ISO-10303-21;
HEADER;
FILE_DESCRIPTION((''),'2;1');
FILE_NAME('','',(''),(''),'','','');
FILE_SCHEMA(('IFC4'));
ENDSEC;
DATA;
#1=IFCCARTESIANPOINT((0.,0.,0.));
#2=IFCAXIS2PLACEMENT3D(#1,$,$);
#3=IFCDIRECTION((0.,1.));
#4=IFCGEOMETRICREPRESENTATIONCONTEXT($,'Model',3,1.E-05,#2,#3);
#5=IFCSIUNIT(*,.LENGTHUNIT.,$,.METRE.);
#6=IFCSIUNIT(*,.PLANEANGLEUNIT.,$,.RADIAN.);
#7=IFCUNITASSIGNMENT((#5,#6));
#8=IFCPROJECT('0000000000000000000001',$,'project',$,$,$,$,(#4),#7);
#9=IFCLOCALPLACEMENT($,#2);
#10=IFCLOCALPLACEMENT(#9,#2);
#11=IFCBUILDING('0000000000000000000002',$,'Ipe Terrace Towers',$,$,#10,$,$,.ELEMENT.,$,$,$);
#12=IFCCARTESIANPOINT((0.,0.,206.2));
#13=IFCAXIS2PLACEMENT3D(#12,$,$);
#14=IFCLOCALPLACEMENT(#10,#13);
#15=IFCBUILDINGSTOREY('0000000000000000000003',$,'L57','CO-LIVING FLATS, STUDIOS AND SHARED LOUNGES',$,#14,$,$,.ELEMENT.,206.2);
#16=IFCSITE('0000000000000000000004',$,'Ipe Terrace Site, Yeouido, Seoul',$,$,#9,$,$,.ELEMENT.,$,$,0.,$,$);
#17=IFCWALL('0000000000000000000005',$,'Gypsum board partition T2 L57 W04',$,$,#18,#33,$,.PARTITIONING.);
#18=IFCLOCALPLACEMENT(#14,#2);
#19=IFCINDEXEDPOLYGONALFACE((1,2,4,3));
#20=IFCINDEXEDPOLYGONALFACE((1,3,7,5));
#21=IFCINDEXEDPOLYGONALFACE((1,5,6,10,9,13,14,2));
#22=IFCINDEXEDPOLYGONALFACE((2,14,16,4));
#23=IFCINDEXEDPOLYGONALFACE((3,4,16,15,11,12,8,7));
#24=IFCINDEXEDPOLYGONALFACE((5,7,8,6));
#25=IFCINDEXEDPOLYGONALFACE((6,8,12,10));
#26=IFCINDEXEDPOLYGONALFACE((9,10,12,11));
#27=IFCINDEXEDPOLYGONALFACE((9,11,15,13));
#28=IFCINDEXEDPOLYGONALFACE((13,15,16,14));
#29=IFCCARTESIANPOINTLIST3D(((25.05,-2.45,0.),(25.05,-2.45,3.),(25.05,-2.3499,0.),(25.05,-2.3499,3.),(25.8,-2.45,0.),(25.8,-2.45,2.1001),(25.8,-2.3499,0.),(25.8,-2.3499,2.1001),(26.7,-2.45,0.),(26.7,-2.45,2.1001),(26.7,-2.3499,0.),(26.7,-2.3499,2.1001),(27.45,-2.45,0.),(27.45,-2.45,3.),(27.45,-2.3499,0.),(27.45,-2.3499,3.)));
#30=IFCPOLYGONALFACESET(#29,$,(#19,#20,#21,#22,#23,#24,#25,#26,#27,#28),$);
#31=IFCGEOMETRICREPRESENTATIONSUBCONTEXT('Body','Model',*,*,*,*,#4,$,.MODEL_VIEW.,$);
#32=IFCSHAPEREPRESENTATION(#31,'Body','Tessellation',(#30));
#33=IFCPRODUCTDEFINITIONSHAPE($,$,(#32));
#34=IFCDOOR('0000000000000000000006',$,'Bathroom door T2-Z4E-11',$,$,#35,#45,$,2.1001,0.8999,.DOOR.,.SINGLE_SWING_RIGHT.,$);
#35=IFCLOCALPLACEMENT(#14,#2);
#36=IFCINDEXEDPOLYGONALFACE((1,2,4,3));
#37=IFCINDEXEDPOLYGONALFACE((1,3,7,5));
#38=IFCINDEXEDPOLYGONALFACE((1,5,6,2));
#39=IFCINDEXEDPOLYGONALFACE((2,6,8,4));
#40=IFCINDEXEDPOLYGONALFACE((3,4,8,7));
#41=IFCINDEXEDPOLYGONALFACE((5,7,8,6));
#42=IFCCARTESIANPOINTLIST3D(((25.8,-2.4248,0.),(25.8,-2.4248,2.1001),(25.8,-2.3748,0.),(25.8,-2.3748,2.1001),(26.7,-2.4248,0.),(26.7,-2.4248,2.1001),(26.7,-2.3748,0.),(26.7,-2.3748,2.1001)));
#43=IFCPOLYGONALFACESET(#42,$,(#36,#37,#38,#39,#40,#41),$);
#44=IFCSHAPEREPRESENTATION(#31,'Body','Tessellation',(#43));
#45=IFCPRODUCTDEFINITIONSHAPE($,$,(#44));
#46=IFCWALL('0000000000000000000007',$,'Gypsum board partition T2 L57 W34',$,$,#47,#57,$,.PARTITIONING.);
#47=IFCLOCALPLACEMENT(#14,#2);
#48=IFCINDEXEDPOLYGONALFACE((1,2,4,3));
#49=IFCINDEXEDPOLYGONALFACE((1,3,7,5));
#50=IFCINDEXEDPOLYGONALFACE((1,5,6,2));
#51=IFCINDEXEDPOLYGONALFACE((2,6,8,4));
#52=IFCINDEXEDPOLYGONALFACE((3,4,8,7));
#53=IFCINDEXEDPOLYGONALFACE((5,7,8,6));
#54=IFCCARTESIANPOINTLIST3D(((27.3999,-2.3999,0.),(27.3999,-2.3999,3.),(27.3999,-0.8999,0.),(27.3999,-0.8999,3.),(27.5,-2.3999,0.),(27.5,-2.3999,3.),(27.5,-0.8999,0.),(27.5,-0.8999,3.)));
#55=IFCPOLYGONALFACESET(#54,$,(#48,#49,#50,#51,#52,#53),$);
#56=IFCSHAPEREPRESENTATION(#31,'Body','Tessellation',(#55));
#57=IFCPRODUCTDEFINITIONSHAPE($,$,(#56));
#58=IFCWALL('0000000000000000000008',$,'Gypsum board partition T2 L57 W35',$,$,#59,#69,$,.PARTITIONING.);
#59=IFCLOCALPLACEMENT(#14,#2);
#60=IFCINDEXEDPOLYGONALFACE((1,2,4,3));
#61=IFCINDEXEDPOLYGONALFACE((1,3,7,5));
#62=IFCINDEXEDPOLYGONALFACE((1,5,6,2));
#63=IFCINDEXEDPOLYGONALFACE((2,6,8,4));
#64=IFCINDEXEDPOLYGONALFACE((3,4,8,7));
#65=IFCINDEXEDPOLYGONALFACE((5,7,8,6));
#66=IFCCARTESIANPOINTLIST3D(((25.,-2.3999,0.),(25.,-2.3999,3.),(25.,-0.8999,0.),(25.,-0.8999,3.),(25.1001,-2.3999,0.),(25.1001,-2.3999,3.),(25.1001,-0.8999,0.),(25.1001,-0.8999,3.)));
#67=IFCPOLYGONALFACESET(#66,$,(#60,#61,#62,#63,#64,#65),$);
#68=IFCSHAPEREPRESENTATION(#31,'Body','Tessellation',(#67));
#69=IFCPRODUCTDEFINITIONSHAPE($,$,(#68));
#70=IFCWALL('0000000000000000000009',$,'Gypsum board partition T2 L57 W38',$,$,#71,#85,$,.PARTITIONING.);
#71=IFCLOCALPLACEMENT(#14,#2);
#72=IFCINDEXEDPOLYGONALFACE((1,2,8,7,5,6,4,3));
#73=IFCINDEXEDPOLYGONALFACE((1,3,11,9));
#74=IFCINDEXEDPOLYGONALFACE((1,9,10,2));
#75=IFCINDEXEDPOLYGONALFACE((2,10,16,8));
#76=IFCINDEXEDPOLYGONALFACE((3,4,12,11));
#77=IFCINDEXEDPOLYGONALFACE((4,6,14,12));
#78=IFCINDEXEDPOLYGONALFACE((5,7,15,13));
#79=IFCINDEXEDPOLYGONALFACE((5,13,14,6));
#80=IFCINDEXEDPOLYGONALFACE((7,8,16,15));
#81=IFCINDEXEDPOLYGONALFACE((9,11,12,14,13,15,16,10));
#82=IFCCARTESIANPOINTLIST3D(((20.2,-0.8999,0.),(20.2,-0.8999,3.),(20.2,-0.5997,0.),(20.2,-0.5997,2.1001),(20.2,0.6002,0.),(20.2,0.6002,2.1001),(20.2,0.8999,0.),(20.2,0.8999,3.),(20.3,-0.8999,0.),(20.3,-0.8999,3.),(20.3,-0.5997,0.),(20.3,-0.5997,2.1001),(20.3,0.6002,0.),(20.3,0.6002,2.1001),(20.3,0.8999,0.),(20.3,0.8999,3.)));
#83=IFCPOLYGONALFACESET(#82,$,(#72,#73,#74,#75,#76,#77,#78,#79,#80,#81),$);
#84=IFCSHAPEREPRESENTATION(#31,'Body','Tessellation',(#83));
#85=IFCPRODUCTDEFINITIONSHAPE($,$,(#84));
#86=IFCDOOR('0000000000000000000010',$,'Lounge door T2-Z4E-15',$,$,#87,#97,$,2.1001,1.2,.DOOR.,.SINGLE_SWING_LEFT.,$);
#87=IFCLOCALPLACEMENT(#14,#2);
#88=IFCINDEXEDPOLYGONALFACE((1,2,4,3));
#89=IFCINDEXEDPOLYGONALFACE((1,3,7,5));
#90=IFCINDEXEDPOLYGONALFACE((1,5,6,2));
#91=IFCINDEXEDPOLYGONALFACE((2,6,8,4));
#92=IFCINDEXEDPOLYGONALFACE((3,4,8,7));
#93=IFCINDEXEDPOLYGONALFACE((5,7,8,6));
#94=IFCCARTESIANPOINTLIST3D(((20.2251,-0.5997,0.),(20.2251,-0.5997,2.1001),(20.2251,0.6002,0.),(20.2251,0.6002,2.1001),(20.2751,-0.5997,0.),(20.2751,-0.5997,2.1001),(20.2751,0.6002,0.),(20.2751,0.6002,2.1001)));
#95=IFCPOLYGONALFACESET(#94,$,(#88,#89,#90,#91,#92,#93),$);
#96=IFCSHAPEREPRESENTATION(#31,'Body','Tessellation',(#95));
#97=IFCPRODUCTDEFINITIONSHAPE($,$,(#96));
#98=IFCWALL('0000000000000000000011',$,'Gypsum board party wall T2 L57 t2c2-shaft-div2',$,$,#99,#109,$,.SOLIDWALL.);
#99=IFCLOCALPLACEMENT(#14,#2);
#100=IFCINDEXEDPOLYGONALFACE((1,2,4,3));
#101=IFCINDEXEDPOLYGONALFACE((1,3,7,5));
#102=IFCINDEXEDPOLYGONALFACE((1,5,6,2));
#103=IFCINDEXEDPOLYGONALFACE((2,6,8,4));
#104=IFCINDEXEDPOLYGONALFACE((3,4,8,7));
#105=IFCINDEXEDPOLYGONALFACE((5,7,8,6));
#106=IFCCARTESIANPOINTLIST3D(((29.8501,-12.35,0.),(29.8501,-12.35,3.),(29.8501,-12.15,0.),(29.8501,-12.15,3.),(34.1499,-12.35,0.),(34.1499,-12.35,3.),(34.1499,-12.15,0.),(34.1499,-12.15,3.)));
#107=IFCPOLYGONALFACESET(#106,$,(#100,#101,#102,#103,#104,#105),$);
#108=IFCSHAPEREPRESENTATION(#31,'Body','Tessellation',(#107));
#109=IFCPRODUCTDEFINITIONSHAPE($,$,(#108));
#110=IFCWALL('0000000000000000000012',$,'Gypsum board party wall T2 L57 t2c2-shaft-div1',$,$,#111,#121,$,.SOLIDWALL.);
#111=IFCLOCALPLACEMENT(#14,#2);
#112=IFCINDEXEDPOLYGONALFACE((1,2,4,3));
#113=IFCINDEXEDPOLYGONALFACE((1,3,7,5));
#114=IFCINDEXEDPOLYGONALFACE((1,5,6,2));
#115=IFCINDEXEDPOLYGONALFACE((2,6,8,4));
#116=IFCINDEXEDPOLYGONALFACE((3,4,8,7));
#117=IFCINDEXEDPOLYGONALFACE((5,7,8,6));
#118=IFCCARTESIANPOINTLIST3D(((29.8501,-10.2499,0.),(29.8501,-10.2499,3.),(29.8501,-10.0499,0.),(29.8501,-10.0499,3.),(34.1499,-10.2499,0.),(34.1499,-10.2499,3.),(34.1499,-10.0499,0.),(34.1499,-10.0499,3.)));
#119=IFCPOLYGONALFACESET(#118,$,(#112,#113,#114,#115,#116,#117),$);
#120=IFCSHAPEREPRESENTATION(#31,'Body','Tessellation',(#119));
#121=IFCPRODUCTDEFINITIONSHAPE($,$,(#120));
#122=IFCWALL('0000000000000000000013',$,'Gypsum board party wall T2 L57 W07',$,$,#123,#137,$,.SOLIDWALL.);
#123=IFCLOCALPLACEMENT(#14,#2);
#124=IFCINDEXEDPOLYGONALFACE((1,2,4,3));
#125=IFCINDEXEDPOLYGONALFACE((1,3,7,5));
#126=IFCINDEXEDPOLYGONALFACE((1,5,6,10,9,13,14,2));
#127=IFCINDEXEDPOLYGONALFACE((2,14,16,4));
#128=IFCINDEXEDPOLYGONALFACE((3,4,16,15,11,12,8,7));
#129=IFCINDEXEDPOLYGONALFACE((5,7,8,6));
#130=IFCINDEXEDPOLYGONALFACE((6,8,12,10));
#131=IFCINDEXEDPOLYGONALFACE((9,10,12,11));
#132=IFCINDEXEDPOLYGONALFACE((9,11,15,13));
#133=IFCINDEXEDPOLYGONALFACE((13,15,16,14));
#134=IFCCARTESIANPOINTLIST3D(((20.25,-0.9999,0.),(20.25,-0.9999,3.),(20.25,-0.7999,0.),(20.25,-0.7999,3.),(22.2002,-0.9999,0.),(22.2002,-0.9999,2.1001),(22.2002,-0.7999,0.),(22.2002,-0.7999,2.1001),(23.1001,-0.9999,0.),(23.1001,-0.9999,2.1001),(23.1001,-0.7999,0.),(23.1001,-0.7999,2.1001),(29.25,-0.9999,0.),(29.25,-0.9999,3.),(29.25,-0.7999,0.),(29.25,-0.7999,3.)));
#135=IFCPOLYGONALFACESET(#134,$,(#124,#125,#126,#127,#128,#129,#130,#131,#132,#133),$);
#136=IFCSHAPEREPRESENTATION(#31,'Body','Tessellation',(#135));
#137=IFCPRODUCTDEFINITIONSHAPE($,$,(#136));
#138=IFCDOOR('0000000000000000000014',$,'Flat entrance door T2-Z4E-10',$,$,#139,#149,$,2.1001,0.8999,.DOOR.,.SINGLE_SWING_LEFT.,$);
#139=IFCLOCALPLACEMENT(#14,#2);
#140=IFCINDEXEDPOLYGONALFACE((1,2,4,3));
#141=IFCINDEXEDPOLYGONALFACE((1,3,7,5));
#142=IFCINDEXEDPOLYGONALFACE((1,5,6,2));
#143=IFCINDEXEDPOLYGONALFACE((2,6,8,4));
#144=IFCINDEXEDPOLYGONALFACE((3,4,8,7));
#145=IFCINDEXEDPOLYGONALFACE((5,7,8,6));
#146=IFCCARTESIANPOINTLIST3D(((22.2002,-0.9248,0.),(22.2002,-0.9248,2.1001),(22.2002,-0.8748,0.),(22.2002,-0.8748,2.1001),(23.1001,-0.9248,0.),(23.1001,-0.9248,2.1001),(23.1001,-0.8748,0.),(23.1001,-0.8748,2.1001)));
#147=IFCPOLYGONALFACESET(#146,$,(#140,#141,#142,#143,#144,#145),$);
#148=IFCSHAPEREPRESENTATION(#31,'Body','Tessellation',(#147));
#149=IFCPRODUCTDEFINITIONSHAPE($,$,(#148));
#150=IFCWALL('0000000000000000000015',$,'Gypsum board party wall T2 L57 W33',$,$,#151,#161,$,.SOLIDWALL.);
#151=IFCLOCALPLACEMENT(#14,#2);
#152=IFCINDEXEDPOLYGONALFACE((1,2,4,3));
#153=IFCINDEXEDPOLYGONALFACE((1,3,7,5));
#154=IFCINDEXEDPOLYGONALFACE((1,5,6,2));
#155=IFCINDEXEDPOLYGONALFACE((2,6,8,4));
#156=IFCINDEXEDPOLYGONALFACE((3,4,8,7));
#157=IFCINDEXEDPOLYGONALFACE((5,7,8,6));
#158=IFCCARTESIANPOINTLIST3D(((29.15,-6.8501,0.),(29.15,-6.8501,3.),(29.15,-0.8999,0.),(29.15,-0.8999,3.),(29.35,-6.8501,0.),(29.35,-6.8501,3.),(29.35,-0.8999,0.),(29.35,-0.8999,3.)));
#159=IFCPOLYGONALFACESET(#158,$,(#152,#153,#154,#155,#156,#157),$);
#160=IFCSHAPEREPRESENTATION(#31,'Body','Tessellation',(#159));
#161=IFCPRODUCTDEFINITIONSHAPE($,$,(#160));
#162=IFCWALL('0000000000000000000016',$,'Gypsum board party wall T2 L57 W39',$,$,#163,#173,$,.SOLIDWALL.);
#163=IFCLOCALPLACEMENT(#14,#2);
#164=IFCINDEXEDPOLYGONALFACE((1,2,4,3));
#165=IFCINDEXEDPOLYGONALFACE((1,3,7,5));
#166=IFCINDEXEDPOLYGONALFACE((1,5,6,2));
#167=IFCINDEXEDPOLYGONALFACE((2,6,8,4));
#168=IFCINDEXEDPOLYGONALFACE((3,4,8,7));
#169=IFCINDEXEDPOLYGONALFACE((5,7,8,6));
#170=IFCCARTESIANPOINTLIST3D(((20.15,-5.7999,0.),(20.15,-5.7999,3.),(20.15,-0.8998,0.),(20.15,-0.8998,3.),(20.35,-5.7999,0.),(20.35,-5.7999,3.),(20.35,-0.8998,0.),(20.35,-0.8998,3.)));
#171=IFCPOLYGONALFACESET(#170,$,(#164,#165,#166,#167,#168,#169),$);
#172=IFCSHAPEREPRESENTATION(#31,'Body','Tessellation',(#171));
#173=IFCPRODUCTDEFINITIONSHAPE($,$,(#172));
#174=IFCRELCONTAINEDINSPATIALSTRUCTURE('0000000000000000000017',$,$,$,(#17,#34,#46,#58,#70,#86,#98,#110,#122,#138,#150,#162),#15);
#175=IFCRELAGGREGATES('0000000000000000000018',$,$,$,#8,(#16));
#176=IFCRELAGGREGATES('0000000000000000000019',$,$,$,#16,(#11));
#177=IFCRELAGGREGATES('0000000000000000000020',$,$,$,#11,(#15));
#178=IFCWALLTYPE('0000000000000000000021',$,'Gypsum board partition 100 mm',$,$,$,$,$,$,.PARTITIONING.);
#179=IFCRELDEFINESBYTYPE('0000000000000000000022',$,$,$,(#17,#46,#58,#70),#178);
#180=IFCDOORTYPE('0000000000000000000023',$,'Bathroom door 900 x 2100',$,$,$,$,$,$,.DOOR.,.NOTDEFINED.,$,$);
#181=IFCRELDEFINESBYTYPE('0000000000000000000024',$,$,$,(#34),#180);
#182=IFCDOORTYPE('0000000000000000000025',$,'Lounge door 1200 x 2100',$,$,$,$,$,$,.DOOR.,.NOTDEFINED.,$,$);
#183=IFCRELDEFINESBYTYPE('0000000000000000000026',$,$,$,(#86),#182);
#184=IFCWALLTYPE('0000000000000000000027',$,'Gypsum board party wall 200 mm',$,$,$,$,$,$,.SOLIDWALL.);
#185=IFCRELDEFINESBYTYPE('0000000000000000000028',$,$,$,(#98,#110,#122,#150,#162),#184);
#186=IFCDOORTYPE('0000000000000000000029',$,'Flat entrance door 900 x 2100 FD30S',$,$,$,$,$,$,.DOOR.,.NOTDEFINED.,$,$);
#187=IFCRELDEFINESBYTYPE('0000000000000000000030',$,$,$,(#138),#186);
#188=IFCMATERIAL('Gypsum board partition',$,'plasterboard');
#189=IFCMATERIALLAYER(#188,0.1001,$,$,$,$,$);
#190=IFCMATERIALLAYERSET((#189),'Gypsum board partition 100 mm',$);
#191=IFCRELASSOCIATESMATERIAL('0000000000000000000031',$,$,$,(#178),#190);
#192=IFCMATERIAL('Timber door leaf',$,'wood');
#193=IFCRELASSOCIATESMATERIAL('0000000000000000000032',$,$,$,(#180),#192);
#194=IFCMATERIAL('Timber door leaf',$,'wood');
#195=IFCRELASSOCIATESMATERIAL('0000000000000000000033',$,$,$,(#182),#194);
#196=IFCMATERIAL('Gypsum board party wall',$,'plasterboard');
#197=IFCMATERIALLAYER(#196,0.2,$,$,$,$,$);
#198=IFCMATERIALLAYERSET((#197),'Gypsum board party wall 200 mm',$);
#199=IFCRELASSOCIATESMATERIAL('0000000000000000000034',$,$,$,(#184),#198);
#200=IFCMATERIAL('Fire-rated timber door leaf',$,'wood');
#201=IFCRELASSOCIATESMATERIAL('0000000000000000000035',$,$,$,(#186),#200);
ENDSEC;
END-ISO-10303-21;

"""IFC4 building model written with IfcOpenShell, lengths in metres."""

from ifc_helpers import new_model, si_unit, direction, frame, frame_2d, origin, place, context, subcontext, project, spatial, rectangle, extrude, material, layer, layer_set, type_object, element, fill, save


model = new_model("IFC4")

# Units and contexts
model_context = context("Model", 3, precision=1e-05, world=origin(), true_north=direction((0.0, 1.0)))
body_context = subcontext(model_context, "Body", "Model", "MODEL_VIEW")
ifc_project = project(units=[si_unit("LENGTHUNIT", "METRE"), si_unit("PLANEANGLEUNIT", "RADIAN")], contexts=[model_context])

# Site, building, storey
site_placement = place(None, origin())
site = spatial("IfcSite", under=ifc_project, at=site_placement, Name="Ipe Terrace Site, Yeouido, Seoul", CompositionType="ELEMENT", RefElevation=0.0)
building_placement = place(site_placement, origin())
building = spatial("IfcBuilding", under=site, at=building_placement, Name="Ipe Terrace Towers", CompositionType="ELEMENT")
storey_placement = place(building_placement, frame((0.0, 0.0, 206.2)))
storey = spatial("IfcBuildingStorey", under=building, at=storey_placement, Name="L57", Description="CO-LIVING FLATS, STUDIOS AND SHARED LOUNGES", CompositionType="ELEMENT", Elevation=206.2)

# Wall, opening, door
ifc_material_1 = material(Name="Gypsum board partition", Category="plasterboard")
ifc_layer_1 = layer(ifc_material_1, 0.1001)
ifc_layer_set_1 = layer_set([ifc_layer_1], Name="Gypsum board partition 100 mm")
wall_type_1 = type_object("IfcWallType", Name="Gypsum board partition 100 mm", PredefinedType="PARTITIONING", material=ifc_layer_set_1)
wall_1_placement = place(storey_placement, frame((27.45, -2.3999, 0.0), z_axis=(0.0, 0.0, 1.0), x_axis=(-1.0, 0.0, 0.0)))
wall_1 = element("IfcWall", 1, at=wall_1_placement, inside=storey, type_object=wall_type_1, Name="Gypsum board partition T2 L57 W04", PredefinedType="PARTITIONING", context=body_context, shape_type="SweptSolid", body=[
    extrude(rectangle(XDim=2.3999, YDim=0.1001, at=frame_2d((1.2, 0.0))), origin(), (0.0, 0.0, 1.0), 3.0),
])
opening_1_placement = place(wall_1_placement, frame((0.75, 0.0, 0.0)))
opening_1 = element("IfcOpeningElement", 2, at=opening_1_placement, cuts=wall_1, PredefinedType="OPENING", context=body_context, shape_type="SweptSolid", body=[
    extrude(rectangle(XDim=0.8999, YDim=2.1001, at=frame_2d((0.45, 1.05))), frame((0.0, 0.0601, 0.0), z_axis=(0.0, -1.0, 0.0), x_axis=(1.0, 0.0, 0.0)), (0.0, 0.0, 1.0), 0.1201),
])
ifc_material_2 = material(Name="Timber door leaf", Category="wood")
door_type_1 = type_object("IfcDoorType", Name="Bathroom door 900 x 2100", OperationType="NOTDEFINED", PredefinedType="DOOR", material=ifc_material_2)
door_1_placement = place(opening_1_placement, origin())
door_1 = element("IfcDoor", 3, at=door_1_placement, inside=storey, type_object=door_type_1, Name="Bathroom door T2-Z4E-11", OperationType="SINGLE_SWING_RIGHT", OverallHeight=2.1001, OverallWidth=0.8999, PredefinedType="DOOR", context=body_context, shape_type="SweptSolid", body=[
    extrude(rectangle(XDim=0.8999, YDim=2.1001, at=frame_2d((0.45, 1.05))), frame((0.0, 0.0249, 0.0), z_axis=(0.0, -1.0, 0.0), x_axis=(1.0, 0.0, 0.0)), (0.0, 0.0, 1.0), 0.05),
])
fill(opening_1, door_1)

# Walls
for number, where, z_axis, x_axis, name in (
    (4, (27.45, -2.3999, 0.0), (0.0, 0.0, 1.0), (0.0, 1.0, 0.0), "Gypsum board partition T2 L57 W34"),
    (5, (25.05, -2.3999, 0.0), (0.0, 0.0, 1.0), (0.0, 1.0, 0.0), "Gypsum board partition T2 L57 W35"),
):
    element("IfcWall", number, at=place(storey_placement, frame(where, z_axis=z_axis, x_axis=x_axis)), inside=storey, type_object=wall_type_1, Name=name, PredefinedType="PARTITIONING", context=body_context, shape_type="SweptSolid", body=[
        extrude(rectangle(XDim=1.5, YDim=0.1001, at=frame_2d((0.75, 0.0))), origin(), (0.0, 0.0, 1.0), 3.0),
    ])

# Wall, opening, door
wall_2_placement = place(storey_placement, frame((20.25, -0.8999, 0.0), z_axis=(0.0, 0.0, 1.0), x_axis=(0.0, 1.0, 0.0)))
wall_2 = element("IfcWall", 6, at=wall_2_placement, inside=storey, type_object=wall_type_1, Name="Gypsum board partition T2 L57 W38", PredefinedType="PARTITIONING", context=body_context, shape_type="SweptSolid", body=[
    extrude(rectangle(XDim=1.7998, YDim=0.1001, at=frame_2d((0.8999, 0.0))), origin(), (0.0, 0.0, 1.0), 3.0),
])
opening_2_placement = place(wall_2_placement, frame((0.3, 0.0, 0.0)))
opening_2 = element("IfcOpeningElement", 7, at=opening_2_placement, cuts=wall_2, PredefinedType="OPENING", context=body_context, shape_type="SweptSolid", body=[
    extrude(rectangle(XDim=1.2, YDim=2.1001, at=frame_2d((0.6001, 1.05))), frame((0.0, 0.0601, 0.0), z_axis=(0.0, -1.0, 0.0), x_axis=(1.0, 0.0, 0.0)), (0.0, 0.0, 1.0), 0.1201),
])
ifc_material_3 = material(Name="Timber door leaf", Category="wood")
door_type_2 = type_object("IfcDoorType", Name="Lounge door 1200 x 2100", OperationType="NOTDEFINED", PredefinedType="DOOR", material=ifc_material_3)
door_2_placement = place(opening_2_placement, origin())
door_2 = element("IfcDoor", 8, at=door_2_placement, inside=storey, type_object=door_type_2, Name="Lounge door T2-Z4E-15", OperationType="SINGLE_SWING_LEFT", OverallHeight=2.1001, OverallWidth=1.2, PredefinedType="DOOR", context=body_context, shape_type="SweptSolid", body=[
    extrude(rectangle(XDim=1.2, YDim=2.1001, at=frame_2d((0.6001, 1.05))), frame((0.0, 0.0249, 0.0), z_axis=(0.0, -1.0, 0.0), x_axis=(1.0, 0.0, 0.0)), (0.0, 0.0, 1.0), 0.05),
])
fill(opening_2, door_2)

# Walls
ifc_material_4 = material(Name="Gypsum board party wall", Category="plasterboard")
ifc_layer_2 = layer(ifc_material_4, 0.2)
ifc_layer_set_2 = layer_set([ifc_layer_2], Name="Gypsum board party wall 200 mm")
wall_type_2 = type_object("IfcWallType", Name="Gypsum board party wall 200 mm", PredefinedType="SOLIDWALL", material=ifc_layer_set_2)
for number, where, z_axis, x_axis, name in (
    (9, (29.8501, -12.25, 0.0), (0.0, 0.0, 1.0), (1.0, 0.0, 0.0), "Gypsum board party wall T2 L57 t2c2-shaft-div2"),
    (10, (29.8501, -10.1499, 0.0), (0.0, 0.0, 1.0), (1.0, 0.0, 0.0), "Gypsum board party wall T2 L57 t2c2-shaft-div1"),
):
    element("IfcWall", number, at=place(storey_placement, frame(where, z_axis=z_axis, x_axis=x_axis)), inside=storey, type_object=wall_type_2, Name=name, PredefinedType="SOLIDWALL", context=body_context, shape_type="SweptSolid", body=[
        extrude(rectangle(XDim=4.2998, YDim=0.2, at=frame_2d((2.1499, 0.0))), origin(), (0.0, 0.0, 1.0), 3.0),
    ])

# Wall, opening, door
wall_3_placement = place(storey_placement, frame((29.25, -0.8999, 0.0), z_axis=(0.0, 0.0, 1.0), x_axis=(-1.0, 0.0, 0.0)))
wall_3 = element("IfcWall", 11, at=wall_3_placement, inside=storey, type_object=wall_type_2, Name="Gypsum board party wall T2 L57 W07", PredefinedType="SOLIDWALL", context=body_context, shape_type="SweptSolid", body=[
    extrude(rectangle(XDim=9.0, YDim=0.2, at=frame_2d((4.5, 0.0))), origin(), (0.0, 0.0, 1.0), 3.0),
])
opening_3_placement = place(wall_3_placement, frame((6.1499, 0.0, 0.0)))
opening_3 = element("IfcOpeningElement", 12, at=opening_3_placement, cuts=wall_3, PredefinedType="OPENING", context=body_context, shape_type="SweptSolid", body=[
    extrude(rectangle(XDim=0.8999, YDim=2.1001, at=frame_2d((0.45, 1.05))), frame((0.0, 0.1099, 0.0), z_axis=(0.0, -1.0, 0.0), x_axis=(1.0, 0.0, 0.0)), (0.0, 0.0, 1.0), 0.22),
])
ifc_material_5 = material(Name="Fire-rated timber door leaf", Category="wood")
door_type_3 = type_object("IfcDoorType", Name="Flat entrance door 900 x 2100 FD30S", OperationType="NOTDEFINED", PredefinedType="DOOR", material=ifc_material_5)
door_3_placement = place(opening_3_placement, origin())
door_3 = element("IfcDoor", 13, at=door_3_placement, inside=storey, type_object=door_type_3, Name="Flat entrance door T2-Z4E-10", OperationType="SINGLE_SWING_LEFT", OverallHeight=2.1001, OverallWidth=0.8999, PredefinedType="DOOR", context=body_context, shape_type="SweptSolid", body=[
    extrude(rectangle(XDim=0.8999, YDim=2.1001, at=frame_2d((0.45, 1.05))), frame((0.0, 0.0249, 0.0), z_axis=(0.0, -1.0, 0.0), x_axis=(1.0, 0.0, 0.0)), (0.0, 0.0, 1.0), 0.05),
])
fill(opening_3, door_3)

# Walls
wall_4_placement = place(storey_placement, frame((29.25, -6.8501, 0.0), z_axis=(0.0, 0.0, 1.0), x_axis=(0.0, 1.0, 0.0)))
element("IfcWall", 14, at=wall_4_placement, inside=storey, type_object=wall_type_2, Name="Gypsum board party wall T2 L57 W33", PredefinedType="SOLIDWALL", context=body_context, shape_type="SweptSolid", body=[
    extrude(rectangle(XDim=5.9502, YDim=0.2, at=frame_2d((2.9751, 0.0))), origin(), (0.0, 0.0, 1.0), 3.0),
])
wall_5_placement = place(storey_placement, frame((20.25, -5.8, 0.0), z_axis=(0.0, 0.0, 1.0), x_axis=(0.0, 1.0, 0.0)))
element("IfcWall", 15, at=wall_5_placement, inside=storey, type_object=wall_type_2, Name="Gypsum board party wall T2 L57 W39", PredefinedType="SOLIDWALL", context=body_context, shape_type="SweptSolid", body=[
    extrude(rectangle(XDim=4.9001, YDim=0.2, at=frame_2d((2.4502, 0.0))), origin(), (0.0, 0.0, 1.0), 3.0),
])

save(model, "model.ifc")
